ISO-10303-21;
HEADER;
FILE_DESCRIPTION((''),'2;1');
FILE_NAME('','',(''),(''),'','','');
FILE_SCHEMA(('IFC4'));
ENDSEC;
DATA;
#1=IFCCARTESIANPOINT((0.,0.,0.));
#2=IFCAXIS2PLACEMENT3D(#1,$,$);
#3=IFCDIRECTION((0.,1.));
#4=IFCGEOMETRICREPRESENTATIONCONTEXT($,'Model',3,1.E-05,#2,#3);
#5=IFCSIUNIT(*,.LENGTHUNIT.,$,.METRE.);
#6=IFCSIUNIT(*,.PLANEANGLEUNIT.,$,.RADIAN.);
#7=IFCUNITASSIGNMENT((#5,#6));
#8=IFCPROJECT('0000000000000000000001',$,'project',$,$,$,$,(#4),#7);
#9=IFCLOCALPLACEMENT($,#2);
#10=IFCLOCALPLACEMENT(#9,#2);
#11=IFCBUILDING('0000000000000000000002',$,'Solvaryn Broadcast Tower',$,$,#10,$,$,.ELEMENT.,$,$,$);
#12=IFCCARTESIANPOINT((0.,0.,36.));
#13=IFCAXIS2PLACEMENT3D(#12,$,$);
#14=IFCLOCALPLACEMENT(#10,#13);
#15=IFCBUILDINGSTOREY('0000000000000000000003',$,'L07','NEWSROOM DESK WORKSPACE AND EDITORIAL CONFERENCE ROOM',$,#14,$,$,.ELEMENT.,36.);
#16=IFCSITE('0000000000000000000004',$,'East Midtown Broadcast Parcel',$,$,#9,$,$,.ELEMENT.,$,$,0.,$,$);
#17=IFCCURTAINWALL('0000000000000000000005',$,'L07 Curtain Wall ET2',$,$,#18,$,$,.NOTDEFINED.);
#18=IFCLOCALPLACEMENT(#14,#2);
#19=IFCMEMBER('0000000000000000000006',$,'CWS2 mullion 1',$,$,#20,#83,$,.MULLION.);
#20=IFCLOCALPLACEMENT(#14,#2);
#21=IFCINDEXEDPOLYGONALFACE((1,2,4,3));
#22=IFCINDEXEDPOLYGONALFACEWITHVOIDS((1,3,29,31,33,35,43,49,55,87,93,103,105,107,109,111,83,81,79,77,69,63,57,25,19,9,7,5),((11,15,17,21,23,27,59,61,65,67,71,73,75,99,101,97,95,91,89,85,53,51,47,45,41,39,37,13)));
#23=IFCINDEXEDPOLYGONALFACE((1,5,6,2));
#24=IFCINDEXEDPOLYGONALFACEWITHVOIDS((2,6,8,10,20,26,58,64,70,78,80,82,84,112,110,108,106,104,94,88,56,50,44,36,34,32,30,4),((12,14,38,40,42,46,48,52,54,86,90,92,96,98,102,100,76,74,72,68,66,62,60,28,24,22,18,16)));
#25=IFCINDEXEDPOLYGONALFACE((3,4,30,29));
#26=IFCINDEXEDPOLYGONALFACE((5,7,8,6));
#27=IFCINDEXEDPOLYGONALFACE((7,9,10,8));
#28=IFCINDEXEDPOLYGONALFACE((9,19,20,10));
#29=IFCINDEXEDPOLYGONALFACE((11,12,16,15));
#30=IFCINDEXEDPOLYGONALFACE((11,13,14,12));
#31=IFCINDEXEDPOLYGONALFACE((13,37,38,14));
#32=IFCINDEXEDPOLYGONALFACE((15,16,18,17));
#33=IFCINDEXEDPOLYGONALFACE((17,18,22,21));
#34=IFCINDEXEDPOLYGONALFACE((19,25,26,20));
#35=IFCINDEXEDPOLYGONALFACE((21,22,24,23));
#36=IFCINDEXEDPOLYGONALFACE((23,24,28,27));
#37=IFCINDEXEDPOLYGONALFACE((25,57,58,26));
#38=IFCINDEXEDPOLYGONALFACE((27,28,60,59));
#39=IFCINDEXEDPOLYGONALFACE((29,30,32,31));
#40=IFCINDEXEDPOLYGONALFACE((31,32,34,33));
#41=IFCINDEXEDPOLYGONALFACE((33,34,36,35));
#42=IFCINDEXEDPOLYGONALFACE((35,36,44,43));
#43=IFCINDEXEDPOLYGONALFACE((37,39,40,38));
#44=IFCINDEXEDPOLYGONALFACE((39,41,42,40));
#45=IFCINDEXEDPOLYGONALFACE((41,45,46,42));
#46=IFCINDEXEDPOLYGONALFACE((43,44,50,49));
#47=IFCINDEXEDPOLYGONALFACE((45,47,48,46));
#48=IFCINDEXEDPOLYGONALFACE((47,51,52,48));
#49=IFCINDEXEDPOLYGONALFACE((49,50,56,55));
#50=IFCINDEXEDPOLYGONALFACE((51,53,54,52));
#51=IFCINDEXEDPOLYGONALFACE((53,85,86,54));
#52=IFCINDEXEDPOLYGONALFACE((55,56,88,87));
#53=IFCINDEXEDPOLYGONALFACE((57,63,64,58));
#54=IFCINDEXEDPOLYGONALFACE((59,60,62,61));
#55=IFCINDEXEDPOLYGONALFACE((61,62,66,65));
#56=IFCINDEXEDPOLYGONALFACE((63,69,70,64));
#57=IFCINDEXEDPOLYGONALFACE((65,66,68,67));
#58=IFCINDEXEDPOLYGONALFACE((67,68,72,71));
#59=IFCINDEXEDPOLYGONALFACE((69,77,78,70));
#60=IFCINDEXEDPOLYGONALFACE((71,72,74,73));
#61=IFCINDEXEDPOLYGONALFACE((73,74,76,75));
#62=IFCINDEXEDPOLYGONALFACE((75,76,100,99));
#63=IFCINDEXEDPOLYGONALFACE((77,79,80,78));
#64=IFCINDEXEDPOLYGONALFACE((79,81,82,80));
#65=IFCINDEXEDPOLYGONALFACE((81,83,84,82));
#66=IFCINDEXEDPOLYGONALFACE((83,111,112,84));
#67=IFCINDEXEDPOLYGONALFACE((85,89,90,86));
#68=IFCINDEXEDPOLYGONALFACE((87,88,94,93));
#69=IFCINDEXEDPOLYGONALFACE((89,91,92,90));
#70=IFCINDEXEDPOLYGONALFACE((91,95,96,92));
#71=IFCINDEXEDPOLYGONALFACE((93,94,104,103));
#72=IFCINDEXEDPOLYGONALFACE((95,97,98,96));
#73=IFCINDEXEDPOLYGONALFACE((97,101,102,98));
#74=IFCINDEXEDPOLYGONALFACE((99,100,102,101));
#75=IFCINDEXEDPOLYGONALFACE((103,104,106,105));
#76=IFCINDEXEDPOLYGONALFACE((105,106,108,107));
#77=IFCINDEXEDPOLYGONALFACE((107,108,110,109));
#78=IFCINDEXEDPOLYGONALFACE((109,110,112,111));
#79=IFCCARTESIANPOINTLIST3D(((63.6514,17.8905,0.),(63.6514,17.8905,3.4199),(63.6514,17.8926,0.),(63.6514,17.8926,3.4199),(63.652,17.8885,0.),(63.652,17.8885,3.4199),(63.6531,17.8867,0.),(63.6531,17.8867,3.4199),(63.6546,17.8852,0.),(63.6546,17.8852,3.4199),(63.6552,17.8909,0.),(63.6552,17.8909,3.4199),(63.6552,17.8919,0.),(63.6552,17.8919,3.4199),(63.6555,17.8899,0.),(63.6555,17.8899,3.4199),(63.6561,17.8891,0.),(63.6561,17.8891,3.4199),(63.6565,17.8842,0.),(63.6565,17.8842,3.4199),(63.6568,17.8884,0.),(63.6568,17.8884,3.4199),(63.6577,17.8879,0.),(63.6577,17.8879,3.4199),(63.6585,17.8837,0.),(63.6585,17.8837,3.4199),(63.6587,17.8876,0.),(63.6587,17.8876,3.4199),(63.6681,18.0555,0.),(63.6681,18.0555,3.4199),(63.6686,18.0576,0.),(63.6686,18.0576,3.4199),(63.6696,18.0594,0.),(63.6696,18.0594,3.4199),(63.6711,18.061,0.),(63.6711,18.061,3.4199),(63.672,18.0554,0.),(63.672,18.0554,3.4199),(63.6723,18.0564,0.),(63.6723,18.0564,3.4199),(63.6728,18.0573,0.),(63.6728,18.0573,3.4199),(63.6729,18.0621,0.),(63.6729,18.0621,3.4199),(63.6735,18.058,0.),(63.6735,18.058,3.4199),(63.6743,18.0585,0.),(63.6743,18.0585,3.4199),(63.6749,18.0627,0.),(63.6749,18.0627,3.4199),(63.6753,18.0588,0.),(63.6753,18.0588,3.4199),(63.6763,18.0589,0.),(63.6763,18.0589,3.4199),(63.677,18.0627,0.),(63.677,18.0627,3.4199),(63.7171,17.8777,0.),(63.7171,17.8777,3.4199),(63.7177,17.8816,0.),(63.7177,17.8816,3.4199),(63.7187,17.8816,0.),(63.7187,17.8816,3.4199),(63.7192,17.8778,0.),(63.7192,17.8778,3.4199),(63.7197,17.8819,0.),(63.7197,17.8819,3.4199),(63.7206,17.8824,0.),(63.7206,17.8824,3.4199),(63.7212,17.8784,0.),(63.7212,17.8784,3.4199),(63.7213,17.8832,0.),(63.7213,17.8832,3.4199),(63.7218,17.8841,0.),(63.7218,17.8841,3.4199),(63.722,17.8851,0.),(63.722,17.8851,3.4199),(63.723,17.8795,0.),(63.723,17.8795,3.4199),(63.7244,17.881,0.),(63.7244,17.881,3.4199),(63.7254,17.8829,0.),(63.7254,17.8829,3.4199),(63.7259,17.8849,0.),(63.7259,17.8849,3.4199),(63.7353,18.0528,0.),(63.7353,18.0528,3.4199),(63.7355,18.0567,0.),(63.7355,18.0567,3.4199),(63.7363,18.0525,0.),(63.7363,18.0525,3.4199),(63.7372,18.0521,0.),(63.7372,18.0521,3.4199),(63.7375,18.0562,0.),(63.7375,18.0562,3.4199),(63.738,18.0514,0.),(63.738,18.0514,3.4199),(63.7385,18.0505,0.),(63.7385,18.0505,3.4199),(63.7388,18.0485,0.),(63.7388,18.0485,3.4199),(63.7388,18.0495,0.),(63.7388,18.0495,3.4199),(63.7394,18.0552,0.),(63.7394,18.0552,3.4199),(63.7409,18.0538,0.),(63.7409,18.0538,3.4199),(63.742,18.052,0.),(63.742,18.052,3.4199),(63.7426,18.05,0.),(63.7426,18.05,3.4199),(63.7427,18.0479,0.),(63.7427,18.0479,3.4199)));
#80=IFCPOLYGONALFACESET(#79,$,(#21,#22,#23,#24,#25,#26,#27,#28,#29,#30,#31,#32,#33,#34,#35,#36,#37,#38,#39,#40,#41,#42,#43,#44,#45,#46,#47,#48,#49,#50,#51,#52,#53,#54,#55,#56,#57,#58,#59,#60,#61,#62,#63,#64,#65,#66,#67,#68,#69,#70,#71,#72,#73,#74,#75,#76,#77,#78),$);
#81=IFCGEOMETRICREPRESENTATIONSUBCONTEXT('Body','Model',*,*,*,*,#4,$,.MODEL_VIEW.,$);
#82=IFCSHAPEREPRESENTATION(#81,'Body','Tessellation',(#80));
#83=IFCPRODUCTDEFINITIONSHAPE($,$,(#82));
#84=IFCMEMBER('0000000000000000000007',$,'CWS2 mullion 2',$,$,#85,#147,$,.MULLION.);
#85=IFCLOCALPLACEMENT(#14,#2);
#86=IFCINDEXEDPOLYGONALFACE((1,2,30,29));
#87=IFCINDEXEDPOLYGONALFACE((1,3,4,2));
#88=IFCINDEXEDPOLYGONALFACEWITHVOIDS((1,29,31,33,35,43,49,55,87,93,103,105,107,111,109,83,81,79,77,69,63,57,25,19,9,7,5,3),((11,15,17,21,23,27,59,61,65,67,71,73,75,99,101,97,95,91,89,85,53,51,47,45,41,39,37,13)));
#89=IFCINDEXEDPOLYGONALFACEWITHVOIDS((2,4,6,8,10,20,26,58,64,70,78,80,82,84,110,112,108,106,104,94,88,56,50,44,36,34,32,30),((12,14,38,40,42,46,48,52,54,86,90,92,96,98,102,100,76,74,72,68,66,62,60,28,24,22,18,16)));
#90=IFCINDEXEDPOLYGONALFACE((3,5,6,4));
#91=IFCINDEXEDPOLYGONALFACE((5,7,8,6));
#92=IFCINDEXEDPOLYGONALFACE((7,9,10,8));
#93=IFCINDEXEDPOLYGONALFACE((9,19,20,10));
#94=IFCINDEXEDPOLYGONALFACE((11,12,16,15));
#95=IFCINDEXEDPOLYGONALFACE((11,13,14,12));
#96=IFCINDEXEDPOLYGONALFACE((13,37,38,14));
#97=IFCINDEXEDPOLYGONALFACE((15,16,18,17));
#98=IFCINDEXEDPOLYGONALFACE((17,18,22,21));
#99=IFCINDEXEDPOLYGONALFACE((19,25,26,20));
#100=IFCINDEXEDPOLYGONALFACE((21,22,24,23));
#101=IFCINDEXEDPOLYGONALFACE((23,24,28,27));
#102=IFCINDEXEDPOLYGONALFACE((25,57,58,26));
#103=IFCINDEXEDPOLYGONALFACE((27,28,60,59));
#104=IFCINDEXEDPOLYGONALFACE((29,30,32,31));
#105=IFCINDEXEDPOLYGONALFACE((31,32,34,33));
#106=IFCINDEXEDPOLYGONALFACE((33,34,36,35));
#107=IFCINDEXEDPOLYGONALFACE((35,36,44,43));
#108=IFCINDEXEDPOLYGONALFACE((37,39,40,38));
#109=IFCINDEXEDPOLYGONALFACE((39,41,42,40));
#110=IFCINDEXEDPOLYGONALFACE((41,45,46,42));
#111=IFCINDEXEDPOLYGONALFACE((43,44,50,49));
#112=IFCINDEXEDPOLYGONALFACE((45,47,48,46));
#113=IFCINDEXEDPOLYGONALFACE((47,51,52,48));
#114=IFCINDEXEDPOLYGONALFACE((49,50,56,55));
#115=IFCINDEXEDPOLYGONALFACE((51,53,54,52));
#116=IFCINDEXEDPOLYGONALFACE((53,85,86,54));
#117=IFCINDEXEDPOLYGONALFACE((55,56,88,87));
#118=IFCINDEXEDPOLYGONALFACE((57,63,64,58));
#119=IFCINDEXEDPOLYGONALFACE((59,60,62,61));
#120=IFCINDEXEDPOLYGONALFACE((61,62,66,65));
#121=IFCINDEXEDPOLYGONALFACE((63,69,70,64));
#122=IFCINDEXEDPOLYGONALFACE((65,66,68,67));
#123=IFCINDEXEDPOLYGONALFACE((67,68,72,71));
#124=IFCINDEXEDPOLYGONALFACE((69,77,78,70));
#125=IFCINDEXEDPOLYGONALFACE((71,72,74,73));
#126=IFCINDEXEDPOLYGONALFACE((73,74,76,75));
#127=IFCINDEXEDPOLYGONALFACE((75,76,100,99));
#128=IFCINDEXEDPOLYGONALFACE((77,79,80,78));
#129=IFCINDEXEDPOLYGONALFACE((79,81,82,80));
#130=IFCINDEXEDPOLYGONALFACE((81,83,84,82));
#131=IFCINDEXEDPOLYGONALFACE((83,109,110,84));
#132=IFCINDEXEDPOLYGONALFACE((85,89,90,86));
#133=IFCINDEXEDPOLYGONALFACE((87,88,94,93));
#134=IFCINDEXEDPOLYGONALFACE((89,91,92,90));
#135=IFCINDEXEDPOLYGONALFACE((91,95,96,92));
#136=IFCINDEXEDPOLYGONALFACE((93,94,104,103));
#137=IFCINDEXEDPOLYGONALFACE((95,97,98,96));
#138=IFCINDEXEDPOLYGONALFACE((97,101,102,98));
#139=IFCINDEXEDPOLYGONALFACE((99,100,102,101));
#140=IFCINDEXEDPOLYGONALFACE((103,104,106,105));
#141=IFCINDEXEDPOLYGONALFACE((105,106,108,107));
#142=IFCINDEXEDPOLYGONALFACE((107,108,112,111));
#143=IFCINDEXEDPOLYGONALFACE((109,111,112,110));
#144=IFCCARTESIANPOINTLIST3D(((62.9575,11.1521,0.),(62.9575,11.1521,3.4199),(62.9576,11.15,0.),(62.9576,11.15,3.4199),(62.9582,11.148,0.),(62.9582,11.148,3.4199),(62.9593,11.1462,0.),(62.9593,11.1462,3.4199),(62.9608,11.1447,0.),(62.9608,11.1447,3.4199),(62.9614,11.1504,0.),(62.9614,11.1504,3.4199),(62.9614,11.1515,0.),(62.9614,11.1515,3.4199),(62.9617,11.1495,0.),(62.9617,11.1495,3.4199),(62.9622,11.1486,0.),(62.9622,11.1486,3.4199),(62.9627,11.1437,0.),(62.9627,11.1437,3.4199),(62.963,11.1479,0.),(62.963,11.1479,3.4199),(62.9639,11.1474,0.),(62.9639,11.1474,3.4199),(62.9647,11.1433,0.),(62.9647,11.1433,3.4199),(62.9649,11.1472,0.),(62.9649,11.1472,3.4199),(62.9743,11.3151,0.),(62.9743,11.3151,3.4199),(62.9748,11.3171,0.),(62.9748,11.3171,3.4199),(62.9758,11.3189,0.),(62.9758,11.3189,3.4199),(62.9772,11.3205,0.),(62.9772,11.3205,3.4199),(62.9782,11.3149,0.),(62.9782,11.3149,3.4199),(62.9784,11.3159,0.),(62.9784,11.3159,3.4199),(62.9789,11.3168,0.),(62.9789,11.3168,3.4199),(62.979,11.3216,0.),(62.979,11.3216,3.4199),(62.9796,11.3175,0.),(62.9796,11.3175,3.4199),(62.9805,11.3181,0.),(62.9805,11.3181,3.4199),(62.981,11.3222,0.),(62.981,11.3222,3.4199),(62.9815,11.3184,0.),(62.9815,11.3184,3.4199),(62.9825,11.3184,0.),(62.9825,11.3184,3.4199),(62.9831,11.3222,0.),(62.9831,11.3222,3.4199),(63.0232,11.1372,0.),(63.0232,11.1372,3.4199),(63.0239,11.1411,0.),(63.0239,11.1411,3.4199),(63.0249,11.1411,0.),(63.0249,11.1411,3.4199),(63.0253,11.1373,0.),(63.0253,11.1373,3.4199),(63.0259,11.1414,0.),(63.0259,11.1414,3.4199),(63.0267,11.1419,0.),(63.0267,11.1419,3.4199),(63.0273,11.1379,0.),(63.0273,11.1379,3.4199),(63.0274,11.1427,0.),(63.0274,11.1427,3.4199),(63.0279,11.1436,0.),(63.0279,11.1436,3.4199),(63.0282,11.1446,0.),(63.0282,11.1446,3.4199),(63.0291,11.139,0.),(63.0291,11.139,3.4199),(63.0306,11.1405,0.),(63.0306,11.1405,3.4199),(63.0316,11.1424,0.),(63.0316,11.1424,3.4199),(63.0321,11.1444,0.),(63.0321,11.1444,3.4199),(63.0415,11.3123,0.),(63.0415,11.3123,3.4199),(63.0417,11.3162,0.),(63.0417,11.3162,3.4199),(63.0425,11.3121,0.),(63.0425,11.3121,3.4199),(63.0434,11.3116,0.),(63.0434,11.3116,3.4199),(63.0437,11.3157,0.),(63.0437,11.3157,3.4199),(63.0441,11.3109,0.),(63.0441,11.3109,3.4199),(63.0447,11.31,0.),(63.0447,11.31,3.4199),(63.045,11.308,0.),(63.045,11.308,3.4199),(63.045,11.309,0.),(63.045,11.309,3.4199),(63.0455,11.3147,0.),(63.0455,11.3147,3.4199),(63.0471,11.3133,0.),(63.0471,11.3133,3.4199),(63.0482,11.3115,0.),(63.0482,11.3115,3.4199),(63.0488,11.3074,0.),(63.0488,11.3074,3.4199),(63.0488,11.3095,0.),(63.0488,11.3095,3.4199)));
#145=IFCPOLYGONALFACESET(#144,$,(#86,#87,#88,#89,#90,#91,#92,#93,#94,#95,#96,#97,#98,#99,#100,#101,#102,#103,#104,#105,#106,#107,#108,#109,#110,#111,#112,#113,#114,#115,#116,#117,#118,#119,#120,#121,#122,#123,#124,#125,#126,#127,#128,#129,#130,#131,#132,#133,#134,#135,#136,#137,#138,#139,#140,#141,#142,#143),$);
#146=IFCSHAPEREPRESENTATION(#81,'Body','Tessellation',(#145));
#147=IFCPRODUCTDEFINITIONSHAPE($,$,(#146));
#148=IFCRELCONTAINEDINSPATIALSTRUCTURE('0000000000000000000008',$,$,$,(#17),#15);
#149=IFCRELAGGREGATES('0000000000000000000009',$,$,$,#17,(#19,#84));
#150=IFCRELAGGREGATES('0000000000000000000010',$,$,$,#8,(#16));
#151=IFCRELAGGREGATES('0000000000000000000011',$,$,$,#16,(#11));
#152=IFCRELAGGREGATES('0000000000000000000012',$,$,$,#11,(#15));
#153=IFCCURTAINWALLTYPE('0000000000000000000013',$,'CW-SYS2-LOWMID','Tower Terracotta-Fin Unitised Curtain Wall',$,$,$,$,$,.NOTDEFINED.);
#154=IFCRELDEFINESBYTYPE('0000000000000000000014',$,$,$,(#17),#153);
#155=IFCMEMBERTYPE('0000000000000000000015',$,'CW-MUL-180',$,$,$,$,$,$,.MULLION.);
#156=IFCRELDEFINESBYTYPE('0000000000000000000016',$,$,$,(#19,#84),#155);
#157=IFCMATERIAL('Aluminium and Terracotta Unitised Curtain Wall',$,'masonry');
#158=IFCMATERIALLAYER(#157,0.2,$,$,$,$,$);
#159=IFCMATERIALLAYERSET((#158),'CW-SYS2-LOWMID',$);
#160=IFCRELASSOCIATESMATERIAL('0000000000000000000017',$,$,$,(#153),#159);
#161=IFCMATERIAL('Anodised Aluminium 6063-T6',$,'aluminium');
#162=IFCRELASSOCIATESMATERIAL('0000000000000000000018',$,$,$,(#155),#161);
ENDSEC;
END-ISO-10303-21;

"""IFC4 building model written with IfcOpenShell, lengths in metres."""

from ifc_helpers import new_model, si_unit, direction, frame, origin, origin_2d, place, context, subcontext, project, spatial, hollow_rectangle, extrude, material, layer, layer_set, material_profile, profile_set, type_object, element, aggregate, save


model = new_model("IFC4")

# Units and contexts
model_context = context("Model", 3, precision=1e-05, world=origin(), true_north=direction((0.0, 1.0)))
body_context = subcontext(model_context, "Body", "Model", "MODEL_VIEW")
ifc_project = project(units=[si_unit("LENGTHUNIT", "METRE"), si_unit("PLANEANGLEUNIT", "RADIAN")], contexts=[model_context])

# Site, building, storey
site_placement = place(None, origin())
site = spatial("IfcSite", under=ifc_project, at=site_placement, Name="East Midtown Broadcast Parcel", CompositionType="ELEMENT", RefElevation=0.0)
building_placement = place(site_placement, origin())
building = spatial("IfcBuilding", under=site, at=building_placement, Name="Solvaryn Broadcast Tower", CompositionType="ELEMENT")
storey_placement = place(building_placement, frame((0.0, 0.0, 36.0)))
storey = spatial("IfcBuildingStorey", under=building, at=storey_placement, Name="L07", Description="NEWSROOM DESK WORKSPACE AND EDITORIAL CONFERENCE ROOM", CompositionType="ELEMENT", Elevation=36.0)

# Shared definitions
ifc_material_1 = material(Name="Aluminium and Terracotta Unitised Curtain Wall", Category="masonry")
ifc_layer_1 = layer(ifc_material_1, 0.2)
ifc_layer_set_1 = layer_set([ifc_layer_1], Name="CW-SYS2-LOWMID")
curtain_wall_type = type_object("IfcCurtainWallType", Name="CW-SYS2-LOWMID", Description="Tower Terracotta-Fin Unitised Curtain Wall", PredefinedType="NOTDEFINED", material=ifc_layer_set_1)
ifc_material_2 = material(Name="Anodised Aluminium 6063-T6", Category="aluminium")
ifc_material_profile_1 = material_profile(ifc_material_2, hollow_rectangle(XDim=0.075, YDim=0.1799, WallThickness=0.0039, InnerFilletRadius=0.0039, OuterFilletRadius=0.0081, at=origin_2d()))
ifc_profile_set_1 = profile_set([ifc_material_profile_1], Name="Anodised Aluminium 6063-T6")
member_type_1 = type_object("IfcMemberType", Name="CW-MUL-180", PredefinedType="MULLION", material=ifc_profile_set_1)

# Curtain wall, members
curtain_wall_1_placement = place(storey_placement, origin())
curtain_wall_1 = element("IfcCurtainWall", 1, at=curtain_wall_1_placement, inside=storey, type_object=curtain_wall_type, Name="L07 Curtain Wall ET2", PredefinedType="NOTDEFINED")
member_1_placement = place(storey_placement, frame((63.697, 17.9702, 0.0), z_axis=(0.0, 0.0, 1.0), x_axis=(0.994743, -0.1024, 0.0)))
member_1 = element("IfcMember", 2, at=member_1_placement, type_object=member_type_1, Name="CWS2 mullion 1", PredefinedType="MULLION", context=body_context, shape_type="SweptSolid", body=[
    extrude(hollow_rectangle(XDim=0.075, YDim=0.1799, WallThickness=0.0039, InnerFilletRadius=0.0039, OuterFilletRadius=0.0081, at=origin_2d()), origin(), (0.0, 0.0, 1.0), 3.4199),
])
member_2_placement = place(storey_placement, frame((63.0032, 11.2297, 0.0), z_axis=(0.0, 0.0, 1.0), x_axis=(0.994743, -0.1024, 0.0)))
member_2 = element("IfcMember", 3, at=member_2_placement, type_object=member_type_1, Name="CWS2 mullion 2", PredefinedType="MULLION", context=body_context, shape_type="SweptSolid", body=[
    extrude(hollow_rectangle(XDim=0.075, YDim=0.1799, WallThickness=0.0039, InnerFilletRadius=0.0039, OuterFilletRadius=0.0081, at=origin_2d()), origin(), (0.0, 0.0, 1.0), 3.4199),
])
aggregate(curtain_wall_1, [member_1, member_2])

save(model, "model.ifc")
